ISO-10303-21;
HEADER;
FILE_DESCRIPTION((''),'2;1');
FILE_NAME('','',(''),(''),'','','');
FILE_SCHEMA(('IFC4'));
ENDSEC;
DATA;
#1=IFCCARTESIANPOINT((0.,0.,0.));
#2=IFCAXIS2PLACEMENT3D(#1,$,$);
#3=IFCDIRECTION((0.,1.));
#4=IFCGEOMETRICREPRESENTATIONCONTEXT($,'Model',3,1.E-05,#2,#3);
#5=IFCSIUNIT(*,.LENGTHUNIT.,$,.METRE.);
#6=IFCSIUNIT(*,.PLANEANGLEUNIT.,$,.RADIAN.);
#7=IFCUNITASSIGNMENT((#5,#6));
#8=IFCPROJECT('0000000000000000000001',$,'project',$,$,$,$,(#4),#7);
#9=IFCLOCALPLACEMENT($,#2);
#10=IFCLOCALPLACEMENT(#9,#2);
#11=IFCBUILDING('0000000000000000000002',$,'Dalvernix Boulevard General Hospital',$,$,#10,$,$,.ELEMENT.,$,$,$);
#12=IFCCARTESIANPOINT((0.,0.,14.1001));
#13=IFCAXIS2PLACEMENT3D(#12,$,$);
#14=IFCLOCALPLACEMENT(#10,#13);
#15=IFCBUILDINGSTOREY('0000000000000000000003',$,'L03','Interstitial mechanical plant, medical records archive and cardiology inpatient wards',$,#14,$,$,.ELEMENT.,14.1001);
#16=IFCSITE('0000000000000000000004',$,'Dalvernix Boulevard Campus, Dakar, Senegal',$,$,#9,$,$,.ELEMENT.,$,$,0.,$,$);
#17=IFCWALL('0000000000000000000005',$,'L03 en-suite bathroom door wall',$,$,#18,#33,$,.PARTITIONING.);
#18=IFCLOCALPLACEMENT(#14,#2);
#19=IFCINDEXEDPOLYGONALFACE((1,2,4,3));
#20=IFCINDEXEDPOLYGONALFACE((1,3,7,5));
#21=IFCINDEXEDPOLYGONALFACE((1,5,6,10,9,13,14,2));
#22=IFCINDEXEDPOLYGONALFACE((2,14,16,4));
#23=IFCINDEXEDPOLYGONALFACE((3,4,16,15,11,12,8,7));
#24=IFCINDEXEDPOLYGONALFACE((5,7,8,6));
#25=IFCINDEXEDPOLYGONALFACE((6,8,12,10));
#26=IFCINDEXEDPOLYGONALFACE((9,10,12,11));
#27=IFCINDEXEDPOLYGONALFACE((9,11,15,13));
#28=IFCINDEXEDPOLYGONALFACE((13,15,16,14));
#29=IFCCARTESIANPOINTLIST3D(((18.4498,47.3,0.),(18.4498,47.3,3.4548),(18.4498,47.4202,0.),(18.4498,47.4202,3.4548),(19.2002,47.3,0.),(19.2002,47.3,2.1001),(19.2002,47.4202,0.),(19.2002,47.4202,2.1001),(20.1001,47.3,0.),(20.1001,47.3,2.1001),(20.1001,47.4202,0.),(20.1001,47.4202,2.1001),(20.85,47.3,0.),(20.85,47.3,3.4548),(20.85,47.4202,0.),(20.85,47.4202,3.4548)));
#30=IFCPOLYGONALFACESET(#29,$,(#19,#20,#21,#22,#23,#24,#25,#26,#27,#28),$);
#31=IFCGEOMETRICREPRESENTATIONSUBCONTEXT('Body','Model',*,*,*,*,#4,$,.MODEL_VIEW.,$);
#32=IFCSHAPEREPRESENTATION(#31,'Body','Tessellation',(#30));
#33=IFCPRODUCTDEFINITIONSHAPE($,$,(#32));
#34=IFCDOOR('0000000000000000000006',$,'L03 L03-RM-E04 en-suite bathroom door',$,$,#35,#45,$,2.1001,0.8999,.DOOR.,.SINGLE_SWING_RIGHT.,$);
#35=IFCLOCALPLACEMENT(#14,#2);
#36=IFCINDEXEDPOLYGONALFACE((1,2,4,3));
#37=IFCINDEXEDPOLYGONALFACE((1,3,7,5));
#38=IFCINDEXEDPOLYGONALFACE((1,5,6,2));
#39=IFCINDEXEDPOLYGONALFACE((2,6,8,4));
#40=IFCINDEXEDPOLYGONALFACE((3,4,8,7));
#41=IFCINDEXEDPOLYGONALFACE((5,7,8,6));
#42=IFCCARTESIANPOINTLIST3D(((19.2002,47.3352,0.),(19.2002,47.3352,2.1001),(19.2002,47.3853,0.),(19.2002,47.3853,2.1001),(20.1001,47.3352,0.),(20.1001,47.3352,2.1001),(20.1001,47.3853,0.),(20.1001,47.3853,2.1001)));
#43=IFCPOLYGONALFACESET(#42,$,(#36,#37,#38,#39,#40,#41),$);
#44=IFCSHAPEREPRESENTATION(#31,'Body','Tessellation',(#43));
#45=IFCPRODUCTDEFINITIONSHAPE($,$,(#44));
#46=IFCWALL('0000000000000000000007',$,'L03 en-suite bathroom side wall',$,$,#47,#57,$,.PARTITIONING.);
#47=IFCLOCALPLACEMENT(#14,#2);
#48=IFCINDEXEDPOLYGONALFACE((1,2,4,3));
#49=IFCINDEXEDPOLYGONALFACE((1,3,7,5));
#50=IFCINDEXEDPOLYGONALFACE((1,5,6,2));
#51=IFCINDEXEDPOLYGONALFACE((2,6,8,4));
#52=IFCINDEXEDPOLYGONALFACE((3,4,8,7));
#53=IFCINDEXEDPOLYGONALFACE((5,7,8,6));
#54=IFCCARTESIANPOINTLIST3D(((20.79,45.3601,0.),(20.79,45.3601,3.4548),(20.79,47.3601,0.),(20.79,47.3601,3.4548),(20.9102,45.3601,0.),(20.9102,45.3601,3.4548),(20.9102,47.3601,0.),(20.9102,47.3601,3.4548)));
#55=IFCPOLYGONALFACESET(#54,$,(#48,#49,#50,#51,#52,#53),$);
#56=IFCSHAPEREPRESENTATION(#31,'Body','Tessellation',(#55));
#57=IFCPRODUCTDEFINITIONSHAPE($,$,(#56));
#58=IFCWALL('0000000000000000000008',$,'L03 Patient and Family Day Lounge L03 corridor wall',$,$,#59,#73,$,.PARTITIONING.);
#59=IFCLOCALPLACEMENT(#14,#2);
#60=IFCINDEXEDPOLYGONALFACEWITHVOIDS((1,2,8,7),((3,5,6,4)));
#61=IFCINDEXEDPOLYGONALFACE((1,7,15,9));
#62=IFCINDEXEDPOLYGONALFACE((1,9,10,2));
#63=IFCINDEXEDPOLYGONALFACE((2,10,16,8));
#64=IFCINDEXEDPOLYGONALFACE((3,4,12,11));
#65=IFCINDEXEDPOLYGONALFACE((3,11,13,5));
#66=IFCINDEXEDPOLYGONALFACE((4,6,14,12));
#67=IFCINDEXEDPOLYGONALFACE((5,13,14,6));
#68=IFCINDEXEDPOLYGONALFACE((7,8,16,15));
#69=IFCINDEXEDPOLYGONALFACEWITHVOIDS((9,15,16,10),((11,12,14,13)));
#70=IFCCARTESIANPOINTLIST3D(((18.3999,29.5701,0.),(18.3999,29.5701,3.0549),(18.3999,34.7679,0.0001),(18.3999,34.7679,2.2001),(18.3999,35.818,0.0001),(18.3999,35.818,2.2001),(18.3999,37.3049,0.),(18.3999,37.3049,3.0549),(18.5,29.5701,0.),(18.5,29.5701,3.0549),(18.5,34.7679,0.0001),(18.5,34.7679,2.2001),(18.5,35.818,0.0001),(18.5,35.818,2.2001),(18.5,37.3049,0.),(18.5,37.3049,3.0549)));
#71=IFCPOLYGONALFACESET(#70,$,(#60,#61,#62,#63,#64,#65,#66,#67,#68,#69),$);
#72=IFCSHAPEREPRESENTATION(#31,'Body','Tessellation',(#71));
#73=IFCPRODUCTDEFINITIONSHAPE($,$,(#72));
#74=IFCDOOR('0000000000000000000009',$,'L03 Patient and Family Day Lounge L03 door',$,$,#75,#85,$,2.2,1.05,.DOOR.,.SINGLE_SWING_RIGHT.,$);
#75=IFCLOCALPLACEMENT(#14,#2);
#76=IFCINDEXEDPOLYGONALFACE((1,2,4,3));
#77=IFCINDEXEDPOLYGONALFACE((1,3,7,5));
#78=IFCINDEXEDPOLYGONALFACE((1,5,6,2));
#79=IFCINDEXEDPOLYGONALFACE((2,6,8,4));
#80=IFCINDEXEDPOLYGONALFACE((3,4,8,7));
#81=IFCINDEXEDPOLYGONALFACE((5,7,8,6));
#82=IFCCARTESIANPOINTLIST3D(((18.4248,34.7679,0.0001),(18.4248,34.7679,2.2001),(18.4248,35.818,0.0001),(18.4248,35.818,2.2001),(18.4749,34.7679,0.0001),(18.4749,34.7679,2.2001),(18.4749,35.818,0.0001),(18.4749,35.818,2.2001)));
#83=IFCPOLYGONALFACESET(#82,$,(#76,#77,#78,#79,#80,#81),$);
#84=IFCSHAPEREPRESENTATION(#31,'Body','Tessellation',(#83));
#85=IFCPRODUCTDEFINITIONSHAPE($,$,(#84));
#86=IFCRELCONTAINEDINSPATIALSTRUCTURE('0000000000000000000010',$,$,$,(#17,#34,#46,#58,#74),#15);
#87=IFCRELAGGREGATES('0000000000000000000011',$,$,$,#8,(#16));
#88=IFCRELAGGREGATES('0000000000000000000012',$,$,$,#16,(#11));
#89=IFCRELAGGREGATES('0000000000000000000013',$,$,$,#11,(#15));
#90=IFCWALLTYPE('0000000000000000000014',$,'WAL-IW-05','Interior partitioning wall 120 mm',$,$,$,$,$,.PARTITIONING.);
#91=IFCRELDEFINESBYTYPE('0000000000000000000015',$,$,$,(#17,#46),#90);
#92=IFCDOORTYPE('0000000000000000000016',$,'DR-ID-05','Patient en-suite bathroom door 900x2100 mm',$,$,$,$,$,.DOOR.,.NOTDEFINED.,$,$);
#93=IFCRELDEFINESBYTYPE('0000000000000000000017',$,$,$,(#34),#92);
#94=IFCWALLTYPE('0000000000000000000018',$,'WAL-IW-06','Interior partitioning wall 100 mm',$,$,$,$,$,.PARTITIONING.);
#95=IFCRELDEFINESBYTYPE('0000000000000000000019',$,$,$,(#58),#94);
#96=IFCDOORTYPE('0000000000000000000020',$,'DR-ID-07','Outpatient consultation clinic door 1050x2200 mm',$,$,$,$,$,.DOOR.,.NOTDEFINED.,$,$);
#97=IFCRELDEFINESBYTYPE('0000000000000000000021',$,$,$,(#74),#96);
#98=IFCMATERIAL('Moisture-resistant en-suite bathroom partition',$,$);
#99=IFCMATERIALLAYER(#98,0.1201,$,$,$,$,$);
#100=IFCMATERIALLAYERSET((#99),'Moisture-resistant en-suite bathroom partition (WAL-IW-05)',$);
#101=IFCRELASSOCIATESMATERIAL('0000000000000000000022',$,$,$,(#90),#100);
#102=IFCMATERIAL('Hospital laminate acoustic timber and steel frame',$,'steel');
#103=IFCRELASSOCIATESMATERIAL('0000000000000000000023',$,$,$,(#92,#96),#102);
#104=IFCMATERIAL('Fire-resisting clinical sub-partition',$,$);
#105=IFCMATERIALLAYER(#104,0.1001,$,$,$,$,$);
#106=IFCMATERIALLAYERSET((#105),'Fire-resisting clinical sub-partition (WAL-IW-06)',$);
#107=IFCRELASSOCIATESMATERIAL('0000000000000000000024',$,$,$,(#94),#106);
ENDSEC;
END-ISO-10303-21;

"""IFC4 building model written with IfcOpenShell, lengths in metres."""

from ifc_helpers import new_model, si_unit, direction, frame, frame_2d, origin, place, context, subcontext, project, spatial, rectangle, extrude, material, layer, layer_set, type_object, element, fill, save


model = new_model("IFC4")

# Units and contexts
model_context = context("Model", 3, precision=1e-05, world=origin(), true_north=direction((0.0, 1.0)))
body_context = subcontext(model_context, "Body", "Model", "MODEL_VIEW")
ifc_project = project(units=[si_unit("LENGTHUNIT", "METRE"), si_unit("PLANEANGLEUNIT", "RADIAN")], contexts=[model_context])

# Site, building, storey
site_placement = place(None, origin())
site = spatial("IfcSite", under=ifc_project, at=site_placement, Name="Dalvernix Boulevard Campus, Dakar, Senegal", CompositionType="ELEMENT", RefElevation=0.0)
building_placement = place(site_placement, origin())
building = spatial("IfcBuilding", under=site, at=building_placement, Name="Dalvernix Boulevard General Hospital", CompositionType="ELEMENT")
storey_placement = place(building_placement, frame((0.0, 0.0, 14.1001)))
storey = spatial("IfcBuildingStorey", under=building, at=storey_placement, Name="L03", Description="Interstitial mechanical plant, medical records archive and cardiology inpatient wards", CompositionType="ELEMENT", Elevation=14.1001)

# Shared definitions
ifc_material_1 = material(Name="Hospital laminate acoustic timber and steel frame", Category="steel")

# Shared definitions
ifc_material_2 = material(Name="Moisture-resistant en-suite bathroom partition")
ifc_layer_1 = layer(ifc_material_2, 0.1201)
ifc_layer_set_1 = layer_set([ifc_layer_1], Name="Moisture-resistant en-suite bathroom partition (WAL-IW-05)")
wall_type_1 = type_object("IfcWallType", Name="WAL-IW-05", Description="Interior partitioning wall 120 mm", PredefinedType="PARTITIONING", material=ifc_layer_set_1)
door_type_1 = type_object("IfcDoorType", Name="DR-ID-05", Description="Patient en-suite bathroom door 900x2100 mm", OperationType="NOTDEFINED", PredefinedType="DOOR", material=ifc_material_1)

# Wall, opening, door
wall_1_placement = place(storey_placement, frame((20.8501, 47.3601, 0.0), z_axis=(0.0, 0.0, 1.0), x_axis=(-1.0, 0.0, 0.0)))
wall_1 = element("IfcWall", 1, at=wall_1_placement, inside=storey, type_object=wall_type_1, Name="L03 en-suite bathroom door wall", PredefinedType="PARTITIONING", context=body_context, shape_type="SweptSolid", body=[
    extrude(rectangle(XDim=2.4001, YDim=0.1201, at=frame_2d((1.2002, 0.0))), origin(), (0.0, 0.0, 1.0), 3.4548),
])
opening_1_placement = place(wall_1_placement, frame((0.75, 0.0, 0.0)))
opening_1 = element("IfcOpeningElement", 2, at=opening_1_placement, cuts=wall_1, PredefinedType="OPENING", context=body_context, shape_type="SweptSolid", body=[
    extrude(rectangle(XDim=0.8999, YDim=2.1001, at=frame_2d((0.45, 1.05))), frame((0.0, 0.0701, 0.0), z_axis=(0.0, -1.0, 0.0), x_axis=(1.0, 0.0, 0.0)), (0.0, 0.0, 1.0), 0.1401),
])
door_1_placement = place(opening_1_placement, origin())
door_1 = element("IfcDoor", 3, at=door_1_placement, inside=storey, type_object=door_type_1, Name="L03 L03-RM-E04 en-suite bathroom door", OperationType="SINGLE_SWING_RIGHT", OverallHeight=2.1001, OverallWidth=0.8999, PredefinedType="DOOR", context=body_context, shape_type="SweptSolid", body=[
    extrude(rectangle(XDim=0.8999, YDim=2.1001, at=frame_2d((0.45, 1.05))), frame((0.0, 0.0249, 0.0), z_axis=(0.0, -1.0, 0.0), x_axis=(1.0, 0.0, 0.0)), (0.0, 0.0, 1.0), 0.05),
])
fill(opening_1, door_1)

# Wall
wall_2_placement = place(storey_placement, frame((20.8501, 45.3601, 0.0), z_axis=(0.0, 0.0, 1.0), x_axis=(0.0, 1.0, 0.0)))
element("IfcWall", 4, at=wall_2_placement, inside=storey, type_object=wall_type_1, Name="L03 en-suite bathroom side wall", PredefinedType="PARTITIONING", context=body_context, shape_type="SweptSolid", body=[
    extrude(rectangle(XDim=2.0, YDim=0.1201, at=frame_2d((1.0, 0.0))), origin(), (0.0, 0.0, 1.0), 3.4548),
])

# Wall, opening, door
ifc_material_3 = material(Name="Fire-resisting clinical sub-partition")
ifc_layer_2 = layer(ifc_material_3, 0.1001)
ifc_layer_set_2 = layer_set([ifc_layer_2], Name="Fire-resisting clinical sub-partition (WAL-IW-06)")
wall_type_2 = type_object("IfcWallType", Name="WAL-IW-06", Description="Interior partitioning wall 100 mm", PredefinedType="PARTITIONING", material=ifc_layer_set_2)
wall_3_placement = place(storey_placement, frame((18.45, 37.3049, 0.0), z_axis=(0.0, 0.0, 1.0), x_axis=(0.0, -1.0, 0.0)))
wall_3 = element("IfcWall", 5, at=wall_3_placement, inside=storey, type_object=wall_type_2, Name="L03 Patient and Family Day Lounge L03 corridor wall", PredefinedType="PARTITIONING", context=body_context, shape_type="SweptSolid", body=[
    extrude(rectangle(XDim=7.7349, YDim=0.1001, at=frame_2d((3.8674, 0.0))), origin(), (0.0, 0.0, 1.0), 3.0549),
])
opening_2_placement = place(wall_3_placement, frame((1.4871, 0.0, 0.0)))
opening_2 = element("IfcOpeningElement", 6, at=opening_2_placement, cuts=wall_3, PredefinedType="OPENING", context=body_context, shape_type="SweptSolid", body=[
    extrude(rectangle(XDim=1.05, YDim=2.2, at=frame_2d((0.5249, 1.1001))), frame((0.0, 0.0601, 0.0), z_axis=(0.0, -1.0, 0.0), x_axis=(1.0, 0.0, 0.0)), (0.0, 0.0, 1.0), 0.1201),
])
door_type_2 = type_object("IfcDoorType", Name="DR-ID-07", Description="Outpatient consultation clinic door 1050x2200 mm", OperationType="NOTDEFINED", PredefinedType="DOOR", material=ifc_material_1)
door_2_placement = place(opening_2_placement, origin())
door_2 = element("IfcDoor", 7, at=door_2_placement, inside=storey, type_object=door_type_2, Name="L03 Patient and Family Day Lounge L03 door", OperationType="SINGLE_SWING_RIGHT", OverallHeight=2.2, OverallWidth=1.05, PredefinedType="DOOR", context=body_context, shape_type="SweptSolid", body=[
    extrude(rectangle(XDim=1.05, YDim=2.2, at=frame_2d((0.5249, 1.1001))), frame((0.0, 0.0249, 0.0), z_axis=(0.0, -1.0, 0.0), x_axis=(1.0, 0.0, 0.0)), (0.0, 0.0, 1.0), 0.05),
])
fill(opening_2, door_2)

save(model, "model.ifc")
